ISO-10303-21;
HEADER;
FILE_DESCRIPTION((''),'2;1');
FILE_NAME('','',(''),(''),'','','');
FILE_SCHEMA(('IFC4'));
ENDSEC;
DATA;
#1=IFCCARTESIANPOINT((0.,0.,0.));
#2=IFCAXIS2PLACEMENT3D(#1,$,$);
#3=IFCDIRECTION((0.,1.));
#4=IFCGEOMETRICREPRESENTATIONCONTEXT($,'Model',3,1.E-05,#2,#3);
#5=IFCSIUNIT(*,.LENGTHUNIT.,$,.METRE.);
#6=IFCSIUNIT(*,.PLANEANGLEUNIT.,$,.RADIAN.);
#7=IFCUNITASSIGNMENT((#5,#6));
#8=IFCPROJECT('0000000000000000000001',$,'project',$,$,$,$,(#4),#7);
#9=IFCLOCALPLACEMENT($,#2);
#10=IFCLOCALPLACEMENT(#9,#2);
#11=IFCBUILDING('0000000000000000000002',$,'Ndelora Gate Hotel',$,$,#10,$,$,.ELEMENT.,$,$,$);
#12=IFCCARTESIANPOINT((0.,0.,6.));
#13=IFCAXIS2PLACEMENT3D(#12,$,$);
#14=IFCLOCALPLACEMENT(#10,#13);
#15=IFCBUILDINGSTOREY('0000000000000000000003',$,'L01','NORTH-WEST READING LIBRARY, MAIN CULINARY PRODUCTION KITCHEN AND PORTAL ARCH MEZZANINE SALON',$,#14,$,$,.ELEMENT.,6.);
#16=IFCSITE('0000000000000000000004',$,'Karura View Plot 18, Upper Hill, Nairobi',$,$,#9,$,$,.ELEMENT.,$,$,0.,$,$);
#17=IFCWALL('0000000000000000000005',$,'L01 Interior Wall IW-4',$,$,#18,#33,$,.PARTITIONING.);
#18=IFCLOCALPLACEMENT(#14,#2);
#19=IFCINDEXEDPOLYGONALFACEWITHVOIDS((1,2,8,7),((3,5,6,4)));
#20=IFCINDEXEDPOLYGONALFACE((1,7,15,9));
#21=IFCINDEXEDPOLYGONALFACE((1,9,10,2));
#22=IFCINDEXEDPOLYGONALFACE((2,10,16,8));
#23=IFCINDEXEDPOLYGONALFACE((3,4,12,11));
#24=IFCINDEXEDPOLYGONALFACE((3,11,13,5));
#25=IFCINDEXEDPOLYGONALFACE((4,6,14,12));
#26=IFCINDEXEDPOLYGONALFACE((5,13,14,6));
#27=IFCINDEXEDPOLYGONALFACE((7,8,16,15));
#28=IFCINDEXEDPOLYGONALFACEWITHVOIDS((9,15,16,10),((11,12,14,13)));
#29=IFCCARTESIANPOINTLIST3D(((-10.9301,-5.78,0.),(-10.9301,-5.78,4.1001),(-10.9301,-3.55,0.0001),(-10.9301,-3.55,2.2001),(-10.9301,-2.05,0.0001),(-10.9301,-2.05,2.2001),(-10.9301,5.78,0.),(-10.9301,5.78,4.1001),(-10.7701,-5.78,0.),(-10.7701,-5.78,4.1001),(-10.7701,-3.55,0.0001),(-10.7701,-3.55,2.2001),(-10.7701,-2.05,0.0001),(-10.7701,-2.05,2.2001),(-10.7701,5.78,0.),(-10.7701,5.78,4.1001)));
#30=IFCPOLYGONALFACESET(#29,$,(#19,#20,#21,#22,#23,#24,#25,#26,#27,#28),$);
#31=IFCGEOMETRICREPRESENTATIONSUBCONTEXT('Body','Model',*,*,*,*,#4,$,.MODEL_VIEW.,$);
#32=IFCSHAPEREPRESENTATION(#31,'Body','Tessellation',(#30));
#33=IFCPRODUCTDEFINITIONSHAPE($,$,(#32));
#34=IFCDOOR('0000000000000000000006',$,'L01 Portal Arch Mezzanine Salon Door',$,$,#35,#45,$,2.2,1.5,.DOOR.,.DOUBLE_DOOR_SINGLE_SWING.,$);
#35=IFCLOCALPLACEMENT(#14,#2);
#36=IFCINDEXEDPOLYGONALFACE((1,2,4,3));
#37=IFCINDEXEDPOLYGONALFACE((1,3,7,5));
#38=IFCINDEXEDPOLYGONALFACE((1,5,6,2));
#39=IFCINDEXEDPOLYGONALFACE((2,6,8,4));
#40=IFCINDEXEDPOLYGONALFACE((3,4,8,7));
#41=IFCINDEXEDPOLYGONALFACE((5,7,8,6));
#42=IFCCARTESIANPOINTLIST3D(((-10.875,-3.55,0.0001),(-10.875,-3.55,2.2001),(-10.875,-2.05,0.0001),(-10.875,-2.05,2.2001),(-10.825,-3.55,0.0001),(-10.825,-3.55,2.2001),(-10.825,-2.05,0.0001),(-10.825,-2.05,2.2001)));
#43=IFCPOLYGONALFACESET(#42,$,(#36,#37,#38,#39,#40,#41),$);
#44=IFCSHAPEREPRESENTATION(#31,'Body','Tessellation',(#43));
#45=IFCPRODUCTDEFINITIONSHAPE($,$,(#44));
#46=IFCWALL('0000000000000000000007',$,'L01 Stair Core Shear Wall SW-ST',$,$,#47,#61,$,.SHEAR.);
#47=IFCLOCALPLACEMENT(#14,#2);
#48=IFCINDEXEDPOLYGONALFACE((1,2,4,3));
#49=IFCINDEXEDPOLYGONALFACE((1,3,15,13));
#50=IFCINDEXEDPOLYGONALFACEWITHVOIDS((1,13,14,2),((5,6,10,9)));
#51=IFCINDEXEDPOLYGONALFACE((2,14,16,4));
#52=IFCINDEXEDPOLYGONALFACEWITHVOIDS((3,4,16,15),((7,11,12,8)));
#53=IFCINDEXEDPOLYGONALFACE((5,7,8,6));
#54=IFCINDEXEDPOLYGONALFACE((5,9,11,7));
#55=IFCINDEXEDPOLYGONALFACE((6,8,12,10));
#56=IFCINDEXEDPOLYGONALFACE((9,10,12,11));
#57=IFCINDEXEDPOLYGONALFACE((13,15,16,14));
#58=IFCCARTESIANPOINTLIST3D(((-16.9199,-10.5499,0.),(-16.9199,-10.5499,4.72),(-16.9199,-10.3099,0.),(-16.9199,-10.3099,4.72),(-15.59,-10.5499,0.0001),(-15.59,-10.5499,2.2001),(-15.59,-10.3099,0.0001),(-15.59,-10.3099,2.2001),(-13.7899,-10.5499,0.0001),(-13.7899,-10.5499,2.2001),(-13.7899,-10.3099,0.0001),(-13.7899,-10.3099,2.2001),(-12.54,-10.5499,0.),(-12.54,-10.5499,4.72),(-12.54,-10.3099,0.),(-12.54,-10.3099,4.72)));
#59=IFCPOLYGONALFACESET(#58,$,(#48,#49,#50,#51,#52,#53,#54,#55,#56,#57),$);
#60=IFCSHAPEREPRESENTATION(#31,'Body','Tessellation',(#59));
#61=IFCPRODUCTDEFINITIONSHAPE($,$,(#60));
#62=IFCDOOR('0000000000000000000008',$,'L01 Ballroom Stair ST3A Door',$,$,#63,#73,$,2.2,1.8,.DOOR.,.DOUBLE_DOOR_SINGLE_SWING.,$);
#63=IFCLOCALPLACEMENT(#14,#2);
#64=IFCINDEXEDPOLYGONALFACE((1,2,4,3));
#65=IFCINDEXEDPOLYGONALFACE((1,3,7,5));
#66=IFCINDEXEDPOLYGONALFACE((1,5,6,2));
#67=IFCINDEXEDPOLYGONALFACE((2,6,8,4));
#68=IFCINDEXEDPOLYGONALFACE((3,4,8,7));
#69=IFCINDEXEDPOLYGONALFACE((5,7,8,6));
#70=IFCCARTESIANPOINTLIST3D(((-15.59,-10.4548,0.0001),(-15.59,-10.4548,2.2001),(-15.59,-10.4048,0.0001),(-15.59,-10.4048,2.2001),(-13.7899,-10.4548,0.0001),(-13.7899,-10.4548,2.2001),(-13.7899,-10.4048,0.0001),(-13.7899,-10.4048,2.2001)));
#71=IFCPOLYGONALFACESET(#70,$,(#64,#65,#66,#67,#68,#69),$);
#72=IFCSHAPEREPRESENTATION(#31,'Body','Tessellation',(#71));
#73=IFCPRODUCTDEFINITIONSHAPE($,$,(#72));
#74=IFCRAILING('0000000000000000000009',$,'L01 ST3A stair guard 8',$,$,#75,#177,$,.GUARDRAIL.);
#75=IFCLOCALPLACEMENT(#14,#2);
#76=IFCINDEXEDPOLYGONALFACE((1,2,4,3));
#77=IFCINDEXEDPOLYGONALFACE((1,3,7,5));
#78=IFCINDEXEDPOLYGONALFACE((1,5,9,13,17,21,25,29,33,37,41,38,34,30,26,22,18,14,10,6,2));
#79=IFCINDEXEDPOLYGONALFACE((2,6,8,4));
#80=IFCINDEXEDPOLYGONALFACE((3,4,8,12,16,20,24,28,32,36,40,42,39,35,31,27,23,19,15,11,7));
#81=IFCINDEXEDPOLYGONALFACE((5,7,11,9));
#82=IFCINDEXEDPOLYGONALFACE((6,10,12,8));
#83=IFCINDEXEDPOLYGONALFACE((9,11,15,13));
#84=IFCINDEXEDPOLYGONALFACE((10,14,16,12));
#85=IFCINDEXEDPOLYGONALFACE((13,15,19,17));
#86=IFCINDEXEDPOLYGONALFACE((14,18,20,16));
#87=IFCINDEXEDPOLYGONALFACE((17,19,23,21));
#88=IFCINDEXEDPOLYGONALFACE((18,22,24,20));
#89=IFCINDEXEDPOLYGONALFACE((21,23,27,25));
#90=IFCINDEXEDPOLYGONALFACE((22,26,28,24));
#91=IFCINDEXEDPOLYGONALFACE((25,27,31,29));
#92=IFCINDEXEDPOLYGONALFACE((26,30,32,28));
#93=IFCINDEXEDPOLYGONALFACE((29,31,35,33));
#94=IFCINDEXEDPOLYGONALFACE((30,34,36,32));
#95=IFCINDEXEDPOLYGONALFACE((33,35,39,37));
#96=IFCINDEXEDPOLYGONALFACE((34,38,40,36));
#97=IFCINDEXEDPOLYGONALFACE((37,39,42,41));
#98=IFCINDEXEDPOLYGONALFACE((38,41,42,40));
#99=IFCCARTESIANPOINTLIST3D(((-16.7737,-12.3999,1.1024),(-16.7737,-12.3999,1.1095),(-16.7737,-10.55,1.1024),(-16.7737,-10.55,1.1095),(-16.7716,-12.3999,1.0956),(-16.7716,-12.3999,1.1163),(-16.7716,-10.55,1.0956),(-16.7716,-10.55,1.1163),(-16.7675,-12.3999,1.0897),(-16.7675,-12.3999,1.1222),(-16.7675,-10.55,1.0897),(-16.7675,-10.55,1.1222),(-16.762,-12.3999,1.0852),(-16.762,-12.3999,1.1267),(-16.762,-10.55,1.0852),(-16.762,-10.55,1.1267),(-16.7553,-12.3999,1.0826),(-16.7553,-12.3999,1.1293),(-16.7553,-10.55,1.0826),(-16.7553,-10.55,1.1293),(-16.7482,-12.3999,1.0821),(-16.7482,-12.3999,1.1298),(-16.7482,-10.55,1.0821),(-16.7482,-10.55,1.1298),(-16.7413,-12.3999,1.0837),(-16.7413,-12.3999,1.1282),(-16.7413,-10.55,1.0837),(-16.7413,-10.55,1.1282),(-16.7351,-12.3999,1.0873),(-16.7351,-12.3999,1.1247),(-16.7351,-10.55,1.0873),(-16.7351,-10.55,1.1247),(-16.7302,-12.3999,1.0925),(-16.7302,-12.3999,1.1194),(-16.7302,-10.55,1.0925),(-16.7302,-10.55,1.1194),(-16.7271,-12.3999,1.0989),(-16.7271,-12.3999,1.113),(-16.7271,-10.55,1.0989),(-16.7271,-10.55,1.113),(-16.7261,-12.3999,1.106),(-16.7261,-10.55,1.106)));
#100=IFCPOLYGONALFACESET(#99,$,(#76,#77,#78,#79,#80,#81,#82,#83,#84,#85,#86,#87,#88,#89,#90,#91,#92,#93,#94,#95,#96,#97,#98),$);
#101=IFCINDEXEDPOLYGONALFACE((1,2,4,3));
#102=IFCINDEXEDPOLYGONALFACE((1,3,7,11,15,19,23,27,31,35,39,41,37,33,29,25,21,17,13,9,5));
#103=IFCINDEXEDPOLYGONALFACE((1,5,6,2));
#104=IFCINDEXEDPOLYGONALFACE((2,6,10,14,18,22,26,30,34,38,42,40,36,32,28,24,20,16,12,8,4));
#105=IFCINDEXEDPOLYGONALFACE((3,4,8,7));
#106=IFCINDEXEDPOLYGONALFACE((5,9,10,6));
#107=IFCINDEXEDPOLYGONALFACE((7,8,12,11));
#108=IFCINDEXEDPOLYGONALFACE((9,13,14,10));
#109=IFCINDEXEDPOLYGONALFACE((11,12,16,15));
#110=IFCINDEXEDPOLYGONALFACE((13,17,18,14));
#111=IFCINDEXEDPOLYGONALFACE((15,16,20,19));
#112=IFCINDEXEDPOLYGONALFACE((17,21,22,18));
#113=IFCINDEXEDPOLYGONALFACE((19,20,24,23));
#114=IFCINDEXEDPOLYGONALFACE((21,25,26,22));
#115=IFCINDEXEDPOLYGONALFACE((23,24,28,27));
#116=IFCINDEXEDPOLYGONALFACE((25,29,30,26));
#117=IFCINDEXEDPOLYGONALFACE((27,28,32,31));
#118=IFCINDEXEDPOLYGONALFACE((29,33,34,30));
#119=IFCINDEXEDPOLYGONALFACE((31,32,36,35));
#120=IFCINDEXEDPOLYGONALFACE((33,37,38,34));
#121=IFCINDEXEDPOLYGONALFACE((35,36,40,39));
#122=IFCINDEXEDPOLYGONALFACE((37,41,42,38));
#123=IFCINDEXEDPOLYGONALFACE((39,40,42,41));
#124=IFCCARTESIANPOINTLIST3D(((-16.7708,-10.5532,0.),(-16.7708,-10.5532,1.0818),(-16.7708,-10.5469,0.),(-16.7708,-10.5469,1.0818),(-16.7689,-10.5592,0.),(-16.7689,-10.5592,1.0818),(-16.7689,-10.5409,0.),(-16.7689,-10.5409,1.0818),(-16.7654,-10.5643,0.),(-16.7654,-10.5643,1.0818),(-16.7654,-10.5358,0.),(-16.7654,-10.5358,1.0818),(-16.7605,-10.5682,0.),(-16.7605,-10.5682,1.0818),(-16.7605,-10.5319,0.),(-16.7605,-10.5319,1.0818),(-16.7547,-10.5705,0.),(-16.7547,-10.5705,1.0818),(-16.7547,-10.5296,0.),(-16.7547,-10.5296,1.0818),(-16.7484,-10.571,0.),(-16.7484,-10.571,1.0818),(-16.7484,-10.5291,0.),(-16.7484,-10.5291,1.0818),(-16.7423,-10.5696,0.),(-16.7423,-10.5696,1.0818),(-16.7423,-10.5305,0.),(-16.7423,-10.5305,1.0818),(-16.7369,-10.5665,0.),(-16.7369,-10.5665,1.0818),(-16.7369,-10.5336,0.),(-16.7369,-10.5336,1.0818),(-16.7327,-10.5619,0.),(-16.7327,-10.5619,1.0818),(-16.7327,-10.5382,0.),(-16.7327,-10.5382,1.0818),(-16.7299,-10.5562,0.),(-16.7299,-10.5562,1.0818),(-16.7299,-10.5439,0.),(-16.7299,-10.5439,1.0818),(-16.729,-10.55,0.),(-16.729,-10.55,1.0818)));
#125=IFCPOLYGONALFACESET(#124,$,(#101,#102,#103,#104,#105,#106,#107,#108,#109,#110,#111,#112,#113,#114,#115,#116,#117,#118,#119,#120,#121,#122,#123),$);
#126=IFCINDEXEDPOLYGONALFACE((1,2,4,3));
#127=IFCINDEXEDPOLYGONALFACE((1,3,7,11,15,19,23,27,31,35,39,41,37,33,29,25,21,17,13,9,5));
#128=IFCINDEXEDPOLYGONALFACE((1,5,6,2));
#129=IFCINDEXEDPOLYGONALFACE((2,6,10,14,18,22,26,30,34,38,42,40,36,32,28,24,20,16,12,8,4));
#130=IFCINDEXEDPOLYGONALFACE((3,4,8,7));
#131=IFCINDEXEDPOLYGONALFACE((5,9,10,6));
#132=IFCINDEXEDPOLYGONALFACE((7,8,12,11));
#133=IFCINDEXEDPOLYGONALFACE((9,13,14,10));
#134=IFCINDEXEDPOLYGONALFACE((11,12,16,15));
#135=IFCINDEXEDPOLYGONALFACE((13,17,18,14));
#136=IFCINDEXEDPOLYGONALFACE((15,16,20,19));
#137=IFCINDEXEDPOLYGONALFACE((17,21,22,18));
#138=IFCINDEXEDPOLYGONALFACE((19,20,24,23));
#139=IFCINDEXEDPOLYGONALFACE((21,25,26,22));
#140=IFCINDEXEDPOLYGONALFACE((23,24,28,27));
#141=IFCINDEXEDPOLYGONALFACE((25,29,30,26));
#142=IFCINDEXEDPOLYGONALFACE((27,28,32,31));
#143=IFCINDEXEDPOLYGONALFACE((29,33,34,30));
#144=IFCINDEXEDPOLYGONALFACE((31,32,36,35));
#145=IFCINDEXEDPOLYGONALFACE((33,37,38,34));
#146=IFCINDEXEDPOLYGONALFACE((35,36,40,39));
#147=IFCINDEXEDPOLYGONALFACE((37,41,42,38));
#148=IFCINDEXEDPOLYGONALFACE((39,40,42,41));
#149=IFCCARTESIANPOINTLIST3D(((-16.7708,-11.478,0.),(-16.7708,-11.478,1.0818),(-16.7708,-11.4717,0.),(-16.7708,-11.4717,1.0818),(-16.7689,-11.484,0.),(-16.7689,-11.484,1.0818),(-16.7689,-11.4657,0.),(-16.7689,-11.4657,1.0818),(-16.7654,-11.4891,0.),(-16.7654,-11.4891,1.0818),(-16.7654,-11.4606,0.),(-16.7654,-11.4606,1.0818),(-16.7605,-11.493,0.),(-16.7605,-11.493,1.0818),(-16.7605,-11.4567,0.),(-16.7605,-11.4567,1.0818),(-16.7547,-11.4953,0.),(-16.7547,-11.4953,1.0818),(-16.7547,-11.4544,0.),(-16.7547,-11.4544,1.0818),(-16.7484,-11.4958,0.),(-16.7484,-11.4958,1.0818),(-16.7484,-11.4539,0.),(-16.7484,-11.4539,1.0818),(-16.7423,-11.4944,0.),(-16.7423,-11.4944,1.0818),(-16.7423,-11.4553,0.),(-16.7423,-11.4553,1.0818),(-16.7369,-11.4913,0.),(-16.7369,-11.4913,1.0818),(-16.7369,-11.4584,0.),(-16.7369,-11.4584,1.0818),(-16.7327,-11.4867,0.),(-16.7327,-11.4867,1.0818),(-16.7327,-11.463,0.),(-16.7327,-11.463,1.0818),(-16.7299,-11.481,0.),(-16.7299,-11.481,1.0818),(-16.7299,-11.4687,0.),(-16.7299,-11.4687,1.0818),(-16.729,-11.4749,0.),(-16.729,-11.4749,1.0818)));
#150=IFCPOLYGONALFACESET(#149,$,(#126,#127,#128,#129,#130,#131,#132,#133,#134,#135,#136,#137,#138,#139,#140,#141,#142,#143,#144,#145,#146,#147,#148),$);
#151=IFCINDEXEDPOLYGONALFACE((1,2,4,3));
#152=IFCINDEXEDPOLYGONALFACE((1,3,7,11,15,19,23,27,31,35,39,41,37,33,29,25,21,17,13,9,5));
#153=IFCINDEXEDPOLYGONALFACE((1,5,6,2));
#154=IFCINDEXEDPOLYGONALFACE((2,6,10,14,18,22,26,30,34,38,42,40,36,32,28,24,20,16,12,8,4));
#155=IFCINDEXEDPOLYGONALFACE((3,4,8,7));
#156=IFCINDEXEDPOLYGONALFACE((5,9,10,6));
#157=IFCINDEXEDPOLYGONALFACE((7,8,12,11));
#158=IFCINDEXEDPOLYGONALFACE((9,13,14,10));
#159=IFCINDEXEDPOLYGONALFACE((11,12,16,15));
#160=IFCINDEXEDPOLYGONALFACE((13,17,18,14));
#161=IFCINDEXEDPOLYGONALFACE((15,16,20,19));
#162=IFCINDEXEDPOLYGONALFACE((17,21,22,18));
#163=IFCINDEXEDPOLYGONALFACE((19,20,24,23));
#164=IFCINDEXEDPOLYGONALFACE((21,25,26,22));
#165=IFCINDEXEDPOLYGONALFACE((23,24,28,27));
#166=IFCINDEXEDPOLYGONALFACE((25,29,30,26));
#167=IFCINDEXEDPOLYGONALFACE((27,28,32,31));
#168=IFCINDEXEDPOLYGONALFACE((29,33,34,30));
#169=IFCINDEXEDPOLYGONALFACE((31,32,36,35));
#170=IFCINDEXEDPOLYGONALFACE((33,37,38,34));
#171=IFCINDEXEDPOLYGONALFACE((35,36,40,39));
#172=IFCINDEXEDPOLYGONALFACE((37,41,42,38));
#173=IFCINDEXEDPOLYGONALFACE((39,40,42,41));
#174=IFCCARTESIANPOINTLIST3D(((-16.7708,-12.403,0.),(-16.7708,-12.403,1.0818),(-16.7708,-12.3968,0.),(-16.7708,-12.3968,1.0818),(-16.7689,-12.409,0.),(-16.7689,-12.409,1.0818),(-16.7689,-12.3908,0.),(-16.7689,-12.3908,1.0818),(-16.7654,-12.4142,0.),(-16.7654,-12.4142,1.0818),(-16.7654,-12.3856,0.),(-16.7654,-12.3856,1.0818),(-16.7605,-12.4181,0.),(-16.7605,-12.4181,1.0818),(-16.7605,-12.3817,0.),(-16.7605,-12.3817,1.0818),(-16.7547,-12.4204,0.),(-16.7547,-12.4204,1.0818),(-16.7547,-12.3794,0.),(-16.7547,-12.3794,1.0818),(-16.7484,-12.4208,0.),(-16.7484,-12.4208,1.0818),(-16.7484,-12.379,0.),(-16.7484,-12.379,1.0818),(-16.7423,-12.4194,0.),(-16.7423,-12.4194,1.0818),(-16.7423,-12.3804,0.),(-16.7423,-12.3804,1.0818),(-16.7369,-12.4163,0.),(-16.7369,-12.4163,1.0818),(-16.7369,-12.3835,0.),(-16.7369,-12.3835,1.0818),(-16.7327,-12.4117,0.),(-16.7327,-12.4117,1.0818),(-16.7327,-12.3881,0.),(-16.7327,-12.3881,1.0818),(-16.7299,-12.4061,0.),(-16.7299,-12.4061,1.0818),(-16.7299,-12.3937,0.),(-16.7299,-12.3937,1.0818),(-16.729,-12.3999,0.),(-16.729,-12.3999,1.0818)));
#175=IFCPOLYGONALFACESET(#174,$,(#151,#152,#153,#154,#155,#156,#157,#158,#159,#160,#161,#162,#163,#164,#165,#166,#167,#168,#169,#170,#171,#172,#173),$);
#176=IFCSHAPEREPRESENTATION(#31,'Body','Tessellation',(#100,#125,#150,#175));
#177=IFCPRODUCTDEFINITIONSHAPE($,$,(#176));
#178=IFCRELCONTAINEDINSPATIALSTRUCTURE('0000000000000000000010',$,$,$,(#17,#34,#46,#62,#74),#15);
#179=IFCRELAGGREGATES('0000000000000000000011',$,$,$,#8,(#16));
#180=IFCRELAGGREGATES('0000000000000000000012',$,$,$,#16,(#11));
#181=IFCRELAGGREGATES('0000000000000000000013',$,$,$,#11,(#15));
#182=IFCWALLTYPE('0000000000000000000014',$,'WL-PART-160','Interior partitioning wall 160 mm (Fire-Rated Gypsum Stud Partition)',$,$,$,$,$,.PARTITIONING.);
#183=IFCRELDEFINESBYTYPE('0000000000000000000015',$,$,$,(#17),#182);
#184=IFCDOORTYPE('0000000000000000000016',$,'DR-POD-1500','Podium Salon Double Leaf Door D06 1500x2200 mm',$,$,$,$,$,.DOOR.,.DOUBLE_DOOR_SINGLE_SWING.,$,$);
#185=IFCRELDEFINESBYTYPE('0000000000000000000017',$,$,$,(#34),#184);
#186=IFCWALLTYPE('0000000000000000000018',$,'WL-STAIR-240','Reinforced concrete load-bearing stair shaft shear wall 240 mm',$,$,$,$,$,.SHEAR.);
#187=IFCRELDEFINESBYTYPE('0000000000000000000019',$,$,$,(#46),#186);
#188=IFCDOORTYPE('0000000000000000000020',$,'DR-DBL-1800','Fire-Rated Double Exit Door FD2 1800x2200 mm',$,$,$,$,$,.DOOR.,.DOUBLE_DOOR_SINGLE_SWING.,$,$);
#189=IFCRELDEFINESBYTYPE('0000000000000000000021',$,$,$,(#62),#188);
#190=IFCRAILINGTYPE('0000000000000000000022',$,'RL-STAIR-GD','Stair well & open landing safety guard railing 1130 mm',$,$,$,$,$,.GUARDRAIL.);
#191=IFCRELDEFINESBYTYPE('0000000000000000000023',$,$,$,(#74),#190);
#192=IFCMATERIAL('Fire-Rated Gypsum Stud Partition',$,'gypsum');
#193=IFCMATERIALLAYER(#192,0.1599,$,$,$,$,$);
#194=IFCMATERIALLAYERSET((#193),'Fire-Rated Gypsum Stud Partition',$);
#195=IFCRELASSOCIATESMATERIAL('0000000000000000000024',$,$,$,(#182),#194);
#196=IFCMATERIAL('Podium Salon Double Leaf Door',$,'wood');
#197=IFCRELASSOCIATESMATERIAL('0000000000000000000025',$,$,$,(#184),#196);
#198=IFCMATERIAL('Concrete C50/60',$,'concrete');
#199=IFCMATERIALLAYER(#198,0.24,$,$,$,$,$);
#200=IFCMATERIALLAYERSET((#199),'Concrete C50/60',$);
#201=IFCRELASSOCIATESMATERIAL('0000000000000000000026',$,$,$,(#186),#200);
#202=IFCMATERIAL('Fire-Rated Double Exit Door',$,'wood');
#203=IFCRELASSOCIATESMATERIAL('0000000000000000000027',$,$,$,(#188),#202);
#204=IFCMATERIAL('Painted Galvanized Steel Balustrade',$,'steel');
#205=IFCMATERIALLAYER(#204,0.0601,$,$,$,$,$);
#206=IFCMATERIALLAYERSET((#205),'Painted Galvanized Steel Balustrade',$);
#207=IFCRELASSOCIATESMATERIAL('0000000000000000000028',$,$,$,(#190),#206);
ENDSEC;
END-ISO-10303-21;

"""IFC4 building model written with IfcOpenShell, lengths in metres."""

from ifc_helpers import new_model, si_unit, direction, frame, frame_2d, origin, origin_2d, place, context, subcontext, project, spatial, rectangle, circle, extrude, material, layer, layer_set, type_object, element, fill, save


model = new_model("IFC4")

# Units and contexts
model_context = context("Model", 3, precision=1e-05, world=origin(), true_north=direction((0.0, 1.0)))
body_context = subcontext(model_context, "Body", "Model", "MODEL_VIEW")
ifc_project = project(units=[si_unit("LENGTHUNIT", "METRE"), si_unit("PLANEANGLEUNIT", "RADIAN")], contexts=[model_context])

# Site, building, storey
site_placement = place(None, origin())
site = spatial("IfcSite", under=ifc_project, at=site_placement, Name="Karura View Plot 18, Upper Hill, Nairobi", CompositionType="ELEMENT", RefElevation=0.0)
building_placement = place(site_placement, origin())
building = spatial("IfcBuilding", under=site, at=building_placement, Name="Ndelora Gate Hotel", CompositionType="ELEMENT")
storey_placement = place(building_placement, frame((0.0, 0.0, 6.0)))
storey = spatial("IfcBuildingStorey", under=building, at=storey_placement, Name="L01", Description="NORTH-WEST READING LIBRARY, MAIN CULINARY PRODUCTION KITCHEN AND PORTAL ARCH MEZZANINE SALON", CompositionType="ELEMENT", Elevation=6.0)

# Walls, openings, doors
ifc_material_1 = material(Name="Fire-Rated Gypsum Stud Partition", Category="gypsum")
ifc_layer_1 = layer(ifc_material_1, 0.1599)
ifc_layer_set_1 = layer_set([ifc_layer_1], Name="Fire-Rated Gypsum Stud Partition")
wall_type_1 = type_object("IfcWallType", Name="WL-PART-160", Description="Interior partitioning wall 160 mm (Fire-Rated Gypsum Stud Partition)", PredefinedType="PARTITIONING", material=ifc_layer_set_1)
wall_1_placement = place(storey_placement, frame((-10.8501, -5.78, 0.0), z_axis=(0.0, 0.0, 1.0), x_axis=(0.0, 1.0, 0.0)))
wall_1 = element("IfcWall", 1, at=wall_1_placement, inside=storey, type_object=wall_type_1, Name="L01 Interior Wall IW-4", PredefinedType="PARTITIONING", context=body_context, shape_type="SweptSolid", body=[
    extrude(rectangle(XDim=11.5601, YDim=0.1599, at=frame_2d((5.78, 0.0))), origin(), (0.0, 0.0, 1.0), 4.1001),
])
opening_1_placement = place(wall_1_placement, frame((2.23, 0.0, 0.0)))
opening_1 = element("IfcOpeningElement", 2, at=opening_1_placement, cuts=wall_1, PredefinedType="OPENING", context=body_context, shape_type="SweptSolid", body=[
    extrude(rectangle(XDim=1.5, YDim=2.2, at=frame_2d((0.75, 1.1001))), frame((0.0, 0.0898, 0.0), z_axis=(0.0, -1.0, 0.0), x_axis=(1.0, 0.0, 0.0)), (0.0, 0.0, 1.0), 0.1799),
])
ifc_material_2 = material(Name="Podium Salon Double Leaf Door", Category="wood")
door_type_1 = type_object("IfcDoorType", Name="DR-POD-1500", Description="Podium Salon Double Leaf Door D06 1500x2200 mm", OperationType="DOUBLE_DOOR_SINGLE_SWING", PredefinedType="DOOR", material=ifc_material_2)
door_1_placement = place(opening_1_placement, origin())
door_1 = element("IfcDoor", 3, at=door_1_placement, inside=storey, type_object=door_type_1, Name="L01 Portal Arch Mezzanine Salon Door", OperationType="DOUBLE_DOOR_SINGLE_SWING", OverallHeight=2.2, OverallWidth=1.5, PredefinedType="DOOR", context=body_context, shape_type="SweptSolid", body=[
    extrude(rectangle(XDim=1.5, YDim=2.2, at=frame_2d((0.75, 1.1001))), frame((0.0, 0.0249, 0.0), z_axis=(0.0, -1.0, 0.0), x_axis=(1.0, 0.0, 0.0)), (0.0, 0.0, 1.0), 0.05),
])
fill(opening_1, door_1)
ifc_material_3 = material(Name="Concrete C50/60", Category="concrete")
ifc_layer_2 = layer(ifc_material_3, 0.24)
ifc_layer_set_2 = layer_set([ifc_layer_2], Name="Concrete C50/60")
wall_type_2 = type_object("IfcWallType", Name="WL-STAIR-240", Description="Reinforced concrete load-bearing stair shaft shear wall 240 mm", PredefinedType="SHEAR", material=ifc_layer_set_2)
wall_2_placement = place(storey_placement, frame((-12.54, -10.4299, 0.0), z_axis=(0.0, 0.0, 1.0), x_axis=(-1.0, 0.0, 0.0)))
wall_2 = element("IfcWall", 4, at=wall_2_placement, inside=storey, type_object=wall_type_2, Name="L01 Stair Core Shear Wall SW-ST", PredefinedType="SHEAR", context=body_context, shape_type="SweptSolid", body=[
    extrude(rectangle(XDim=4.3799, YDim=0.24, at=frame_2d((2.1899, 0.0))), origin(), (0.0, 0.0, 1.0), 4.72),
])
opening_2_placement = place(wall_2_placement, frame((1.25, 0.0, 0.0)))
opening_2 = element("IfcOpeningElement", 5, at=opening_2_placement, cuts=wall_2, PredefinedType="OPENING", context=body_context, shape_type="SweptSolid", body=[
    extrude(rectangle(XDim=1.8, YDim=2.2, at=frame_2d((0.8999, 1.1001))), frame((0.0, 0.1299, 0.0), z_axis=(0.0, -1.0, 0.0), x_axis=(1.0, 0.0, 0.0)), (0.0, 0.0, 1.0), 0.26),
])
ifc_material_4 = material(Name="Fire-Rated Double Exit Door", Category="wood")
door_type_2 = type_object("IfcDoorType", Name="DR-DBL-1800", Description="Fire-Rated Double Exit Door FD2 1800x2200 mm", OperationType="DOUBLE_DOOR_SINGLE_SWING", PredefinedType="DOOR", material=ifc_material_4)
door_2_placement = place(opening_2_placement, origin())
door_2 = element("IfcDoor", 6, at=door_2_placement, inside=storey, type_object=door_type_2, Name="L01 Ballroom Stair ST3A Door", OperationType="DOUBLE_DOOR_SINGLE_SWING", OverallHeight=2.2, OverallWidth=1.8, PredefinedType="DOOR", context=body_context, shape_type="SweptSolid", body=[
    extrude(rectangle(XDim=1.8, YDim=2.2, at=frame_2d((0.8999, 1.1001))), frame((0.0, 0.0249, 0.0), z_axis=(0.0, -1.0, 0.0), x_axis=(1.0, 0.0, 0.0)), (0.0, 0.0, 1.0), 0.05),
])
fill(opening_2, door_2)

# Railing
ifc_material_5 = material(Name="Painted Galvanized Steel Balustrade", Category="steel")
ifc_layer_3 = layer(ifc_material_5, 0.0601)
ifc_layer_set_3 = layer_set([ifc_layer_3], Name="Painted Galvanized Steel Balustrade")
railing_type_1 = type_object("IfcRailingType", Name="RL-STAIR-GD", Description="Stair well & open landing safety guard railing 1130 mm", PredefinedType="GUARDRAIL", material=ifc_layer_set_3)
for number, where, name in (
    (7, (-16.75, -10.55, 0.0), "L01 ST3A stair guard 8"),
):
    element("IfcRailing", number, at=place(storey_placement, frame(where)), inside=storey, type_object=railing_type_1, Name=name, PredefinedType="GUARDRAIL", context=body_context, shape_type="SweptSolid", body=[
        extrude(circle(Radius=0.0239, at=origin_2d()), frame((0.0, 0.0, 1.106), z_axis=(0.0, -1.0, 0.0), x_axis=(1.0, 0.0, 0.0)), (0.0, 0.0, 1.0), 1.8499),
        extrude(circle(Radius=0.021, at=origin_2d()), origin(), (0.0, 0.0, 1.0), 1.0818),
        extrude(circle(Radius=0.021, at=origin_2d()), frame((0.0, -0.9248, 0.0)), (0.0, 0.0, 1.0), 1.0818),
        extrude(circle(Radius=0.021, at=origin_2d()), frame((0.0, -1.8499, 0.0)), (0.0, 0.0, 1.0), 1.0818),
    ])

save(model, "model.ifc")
